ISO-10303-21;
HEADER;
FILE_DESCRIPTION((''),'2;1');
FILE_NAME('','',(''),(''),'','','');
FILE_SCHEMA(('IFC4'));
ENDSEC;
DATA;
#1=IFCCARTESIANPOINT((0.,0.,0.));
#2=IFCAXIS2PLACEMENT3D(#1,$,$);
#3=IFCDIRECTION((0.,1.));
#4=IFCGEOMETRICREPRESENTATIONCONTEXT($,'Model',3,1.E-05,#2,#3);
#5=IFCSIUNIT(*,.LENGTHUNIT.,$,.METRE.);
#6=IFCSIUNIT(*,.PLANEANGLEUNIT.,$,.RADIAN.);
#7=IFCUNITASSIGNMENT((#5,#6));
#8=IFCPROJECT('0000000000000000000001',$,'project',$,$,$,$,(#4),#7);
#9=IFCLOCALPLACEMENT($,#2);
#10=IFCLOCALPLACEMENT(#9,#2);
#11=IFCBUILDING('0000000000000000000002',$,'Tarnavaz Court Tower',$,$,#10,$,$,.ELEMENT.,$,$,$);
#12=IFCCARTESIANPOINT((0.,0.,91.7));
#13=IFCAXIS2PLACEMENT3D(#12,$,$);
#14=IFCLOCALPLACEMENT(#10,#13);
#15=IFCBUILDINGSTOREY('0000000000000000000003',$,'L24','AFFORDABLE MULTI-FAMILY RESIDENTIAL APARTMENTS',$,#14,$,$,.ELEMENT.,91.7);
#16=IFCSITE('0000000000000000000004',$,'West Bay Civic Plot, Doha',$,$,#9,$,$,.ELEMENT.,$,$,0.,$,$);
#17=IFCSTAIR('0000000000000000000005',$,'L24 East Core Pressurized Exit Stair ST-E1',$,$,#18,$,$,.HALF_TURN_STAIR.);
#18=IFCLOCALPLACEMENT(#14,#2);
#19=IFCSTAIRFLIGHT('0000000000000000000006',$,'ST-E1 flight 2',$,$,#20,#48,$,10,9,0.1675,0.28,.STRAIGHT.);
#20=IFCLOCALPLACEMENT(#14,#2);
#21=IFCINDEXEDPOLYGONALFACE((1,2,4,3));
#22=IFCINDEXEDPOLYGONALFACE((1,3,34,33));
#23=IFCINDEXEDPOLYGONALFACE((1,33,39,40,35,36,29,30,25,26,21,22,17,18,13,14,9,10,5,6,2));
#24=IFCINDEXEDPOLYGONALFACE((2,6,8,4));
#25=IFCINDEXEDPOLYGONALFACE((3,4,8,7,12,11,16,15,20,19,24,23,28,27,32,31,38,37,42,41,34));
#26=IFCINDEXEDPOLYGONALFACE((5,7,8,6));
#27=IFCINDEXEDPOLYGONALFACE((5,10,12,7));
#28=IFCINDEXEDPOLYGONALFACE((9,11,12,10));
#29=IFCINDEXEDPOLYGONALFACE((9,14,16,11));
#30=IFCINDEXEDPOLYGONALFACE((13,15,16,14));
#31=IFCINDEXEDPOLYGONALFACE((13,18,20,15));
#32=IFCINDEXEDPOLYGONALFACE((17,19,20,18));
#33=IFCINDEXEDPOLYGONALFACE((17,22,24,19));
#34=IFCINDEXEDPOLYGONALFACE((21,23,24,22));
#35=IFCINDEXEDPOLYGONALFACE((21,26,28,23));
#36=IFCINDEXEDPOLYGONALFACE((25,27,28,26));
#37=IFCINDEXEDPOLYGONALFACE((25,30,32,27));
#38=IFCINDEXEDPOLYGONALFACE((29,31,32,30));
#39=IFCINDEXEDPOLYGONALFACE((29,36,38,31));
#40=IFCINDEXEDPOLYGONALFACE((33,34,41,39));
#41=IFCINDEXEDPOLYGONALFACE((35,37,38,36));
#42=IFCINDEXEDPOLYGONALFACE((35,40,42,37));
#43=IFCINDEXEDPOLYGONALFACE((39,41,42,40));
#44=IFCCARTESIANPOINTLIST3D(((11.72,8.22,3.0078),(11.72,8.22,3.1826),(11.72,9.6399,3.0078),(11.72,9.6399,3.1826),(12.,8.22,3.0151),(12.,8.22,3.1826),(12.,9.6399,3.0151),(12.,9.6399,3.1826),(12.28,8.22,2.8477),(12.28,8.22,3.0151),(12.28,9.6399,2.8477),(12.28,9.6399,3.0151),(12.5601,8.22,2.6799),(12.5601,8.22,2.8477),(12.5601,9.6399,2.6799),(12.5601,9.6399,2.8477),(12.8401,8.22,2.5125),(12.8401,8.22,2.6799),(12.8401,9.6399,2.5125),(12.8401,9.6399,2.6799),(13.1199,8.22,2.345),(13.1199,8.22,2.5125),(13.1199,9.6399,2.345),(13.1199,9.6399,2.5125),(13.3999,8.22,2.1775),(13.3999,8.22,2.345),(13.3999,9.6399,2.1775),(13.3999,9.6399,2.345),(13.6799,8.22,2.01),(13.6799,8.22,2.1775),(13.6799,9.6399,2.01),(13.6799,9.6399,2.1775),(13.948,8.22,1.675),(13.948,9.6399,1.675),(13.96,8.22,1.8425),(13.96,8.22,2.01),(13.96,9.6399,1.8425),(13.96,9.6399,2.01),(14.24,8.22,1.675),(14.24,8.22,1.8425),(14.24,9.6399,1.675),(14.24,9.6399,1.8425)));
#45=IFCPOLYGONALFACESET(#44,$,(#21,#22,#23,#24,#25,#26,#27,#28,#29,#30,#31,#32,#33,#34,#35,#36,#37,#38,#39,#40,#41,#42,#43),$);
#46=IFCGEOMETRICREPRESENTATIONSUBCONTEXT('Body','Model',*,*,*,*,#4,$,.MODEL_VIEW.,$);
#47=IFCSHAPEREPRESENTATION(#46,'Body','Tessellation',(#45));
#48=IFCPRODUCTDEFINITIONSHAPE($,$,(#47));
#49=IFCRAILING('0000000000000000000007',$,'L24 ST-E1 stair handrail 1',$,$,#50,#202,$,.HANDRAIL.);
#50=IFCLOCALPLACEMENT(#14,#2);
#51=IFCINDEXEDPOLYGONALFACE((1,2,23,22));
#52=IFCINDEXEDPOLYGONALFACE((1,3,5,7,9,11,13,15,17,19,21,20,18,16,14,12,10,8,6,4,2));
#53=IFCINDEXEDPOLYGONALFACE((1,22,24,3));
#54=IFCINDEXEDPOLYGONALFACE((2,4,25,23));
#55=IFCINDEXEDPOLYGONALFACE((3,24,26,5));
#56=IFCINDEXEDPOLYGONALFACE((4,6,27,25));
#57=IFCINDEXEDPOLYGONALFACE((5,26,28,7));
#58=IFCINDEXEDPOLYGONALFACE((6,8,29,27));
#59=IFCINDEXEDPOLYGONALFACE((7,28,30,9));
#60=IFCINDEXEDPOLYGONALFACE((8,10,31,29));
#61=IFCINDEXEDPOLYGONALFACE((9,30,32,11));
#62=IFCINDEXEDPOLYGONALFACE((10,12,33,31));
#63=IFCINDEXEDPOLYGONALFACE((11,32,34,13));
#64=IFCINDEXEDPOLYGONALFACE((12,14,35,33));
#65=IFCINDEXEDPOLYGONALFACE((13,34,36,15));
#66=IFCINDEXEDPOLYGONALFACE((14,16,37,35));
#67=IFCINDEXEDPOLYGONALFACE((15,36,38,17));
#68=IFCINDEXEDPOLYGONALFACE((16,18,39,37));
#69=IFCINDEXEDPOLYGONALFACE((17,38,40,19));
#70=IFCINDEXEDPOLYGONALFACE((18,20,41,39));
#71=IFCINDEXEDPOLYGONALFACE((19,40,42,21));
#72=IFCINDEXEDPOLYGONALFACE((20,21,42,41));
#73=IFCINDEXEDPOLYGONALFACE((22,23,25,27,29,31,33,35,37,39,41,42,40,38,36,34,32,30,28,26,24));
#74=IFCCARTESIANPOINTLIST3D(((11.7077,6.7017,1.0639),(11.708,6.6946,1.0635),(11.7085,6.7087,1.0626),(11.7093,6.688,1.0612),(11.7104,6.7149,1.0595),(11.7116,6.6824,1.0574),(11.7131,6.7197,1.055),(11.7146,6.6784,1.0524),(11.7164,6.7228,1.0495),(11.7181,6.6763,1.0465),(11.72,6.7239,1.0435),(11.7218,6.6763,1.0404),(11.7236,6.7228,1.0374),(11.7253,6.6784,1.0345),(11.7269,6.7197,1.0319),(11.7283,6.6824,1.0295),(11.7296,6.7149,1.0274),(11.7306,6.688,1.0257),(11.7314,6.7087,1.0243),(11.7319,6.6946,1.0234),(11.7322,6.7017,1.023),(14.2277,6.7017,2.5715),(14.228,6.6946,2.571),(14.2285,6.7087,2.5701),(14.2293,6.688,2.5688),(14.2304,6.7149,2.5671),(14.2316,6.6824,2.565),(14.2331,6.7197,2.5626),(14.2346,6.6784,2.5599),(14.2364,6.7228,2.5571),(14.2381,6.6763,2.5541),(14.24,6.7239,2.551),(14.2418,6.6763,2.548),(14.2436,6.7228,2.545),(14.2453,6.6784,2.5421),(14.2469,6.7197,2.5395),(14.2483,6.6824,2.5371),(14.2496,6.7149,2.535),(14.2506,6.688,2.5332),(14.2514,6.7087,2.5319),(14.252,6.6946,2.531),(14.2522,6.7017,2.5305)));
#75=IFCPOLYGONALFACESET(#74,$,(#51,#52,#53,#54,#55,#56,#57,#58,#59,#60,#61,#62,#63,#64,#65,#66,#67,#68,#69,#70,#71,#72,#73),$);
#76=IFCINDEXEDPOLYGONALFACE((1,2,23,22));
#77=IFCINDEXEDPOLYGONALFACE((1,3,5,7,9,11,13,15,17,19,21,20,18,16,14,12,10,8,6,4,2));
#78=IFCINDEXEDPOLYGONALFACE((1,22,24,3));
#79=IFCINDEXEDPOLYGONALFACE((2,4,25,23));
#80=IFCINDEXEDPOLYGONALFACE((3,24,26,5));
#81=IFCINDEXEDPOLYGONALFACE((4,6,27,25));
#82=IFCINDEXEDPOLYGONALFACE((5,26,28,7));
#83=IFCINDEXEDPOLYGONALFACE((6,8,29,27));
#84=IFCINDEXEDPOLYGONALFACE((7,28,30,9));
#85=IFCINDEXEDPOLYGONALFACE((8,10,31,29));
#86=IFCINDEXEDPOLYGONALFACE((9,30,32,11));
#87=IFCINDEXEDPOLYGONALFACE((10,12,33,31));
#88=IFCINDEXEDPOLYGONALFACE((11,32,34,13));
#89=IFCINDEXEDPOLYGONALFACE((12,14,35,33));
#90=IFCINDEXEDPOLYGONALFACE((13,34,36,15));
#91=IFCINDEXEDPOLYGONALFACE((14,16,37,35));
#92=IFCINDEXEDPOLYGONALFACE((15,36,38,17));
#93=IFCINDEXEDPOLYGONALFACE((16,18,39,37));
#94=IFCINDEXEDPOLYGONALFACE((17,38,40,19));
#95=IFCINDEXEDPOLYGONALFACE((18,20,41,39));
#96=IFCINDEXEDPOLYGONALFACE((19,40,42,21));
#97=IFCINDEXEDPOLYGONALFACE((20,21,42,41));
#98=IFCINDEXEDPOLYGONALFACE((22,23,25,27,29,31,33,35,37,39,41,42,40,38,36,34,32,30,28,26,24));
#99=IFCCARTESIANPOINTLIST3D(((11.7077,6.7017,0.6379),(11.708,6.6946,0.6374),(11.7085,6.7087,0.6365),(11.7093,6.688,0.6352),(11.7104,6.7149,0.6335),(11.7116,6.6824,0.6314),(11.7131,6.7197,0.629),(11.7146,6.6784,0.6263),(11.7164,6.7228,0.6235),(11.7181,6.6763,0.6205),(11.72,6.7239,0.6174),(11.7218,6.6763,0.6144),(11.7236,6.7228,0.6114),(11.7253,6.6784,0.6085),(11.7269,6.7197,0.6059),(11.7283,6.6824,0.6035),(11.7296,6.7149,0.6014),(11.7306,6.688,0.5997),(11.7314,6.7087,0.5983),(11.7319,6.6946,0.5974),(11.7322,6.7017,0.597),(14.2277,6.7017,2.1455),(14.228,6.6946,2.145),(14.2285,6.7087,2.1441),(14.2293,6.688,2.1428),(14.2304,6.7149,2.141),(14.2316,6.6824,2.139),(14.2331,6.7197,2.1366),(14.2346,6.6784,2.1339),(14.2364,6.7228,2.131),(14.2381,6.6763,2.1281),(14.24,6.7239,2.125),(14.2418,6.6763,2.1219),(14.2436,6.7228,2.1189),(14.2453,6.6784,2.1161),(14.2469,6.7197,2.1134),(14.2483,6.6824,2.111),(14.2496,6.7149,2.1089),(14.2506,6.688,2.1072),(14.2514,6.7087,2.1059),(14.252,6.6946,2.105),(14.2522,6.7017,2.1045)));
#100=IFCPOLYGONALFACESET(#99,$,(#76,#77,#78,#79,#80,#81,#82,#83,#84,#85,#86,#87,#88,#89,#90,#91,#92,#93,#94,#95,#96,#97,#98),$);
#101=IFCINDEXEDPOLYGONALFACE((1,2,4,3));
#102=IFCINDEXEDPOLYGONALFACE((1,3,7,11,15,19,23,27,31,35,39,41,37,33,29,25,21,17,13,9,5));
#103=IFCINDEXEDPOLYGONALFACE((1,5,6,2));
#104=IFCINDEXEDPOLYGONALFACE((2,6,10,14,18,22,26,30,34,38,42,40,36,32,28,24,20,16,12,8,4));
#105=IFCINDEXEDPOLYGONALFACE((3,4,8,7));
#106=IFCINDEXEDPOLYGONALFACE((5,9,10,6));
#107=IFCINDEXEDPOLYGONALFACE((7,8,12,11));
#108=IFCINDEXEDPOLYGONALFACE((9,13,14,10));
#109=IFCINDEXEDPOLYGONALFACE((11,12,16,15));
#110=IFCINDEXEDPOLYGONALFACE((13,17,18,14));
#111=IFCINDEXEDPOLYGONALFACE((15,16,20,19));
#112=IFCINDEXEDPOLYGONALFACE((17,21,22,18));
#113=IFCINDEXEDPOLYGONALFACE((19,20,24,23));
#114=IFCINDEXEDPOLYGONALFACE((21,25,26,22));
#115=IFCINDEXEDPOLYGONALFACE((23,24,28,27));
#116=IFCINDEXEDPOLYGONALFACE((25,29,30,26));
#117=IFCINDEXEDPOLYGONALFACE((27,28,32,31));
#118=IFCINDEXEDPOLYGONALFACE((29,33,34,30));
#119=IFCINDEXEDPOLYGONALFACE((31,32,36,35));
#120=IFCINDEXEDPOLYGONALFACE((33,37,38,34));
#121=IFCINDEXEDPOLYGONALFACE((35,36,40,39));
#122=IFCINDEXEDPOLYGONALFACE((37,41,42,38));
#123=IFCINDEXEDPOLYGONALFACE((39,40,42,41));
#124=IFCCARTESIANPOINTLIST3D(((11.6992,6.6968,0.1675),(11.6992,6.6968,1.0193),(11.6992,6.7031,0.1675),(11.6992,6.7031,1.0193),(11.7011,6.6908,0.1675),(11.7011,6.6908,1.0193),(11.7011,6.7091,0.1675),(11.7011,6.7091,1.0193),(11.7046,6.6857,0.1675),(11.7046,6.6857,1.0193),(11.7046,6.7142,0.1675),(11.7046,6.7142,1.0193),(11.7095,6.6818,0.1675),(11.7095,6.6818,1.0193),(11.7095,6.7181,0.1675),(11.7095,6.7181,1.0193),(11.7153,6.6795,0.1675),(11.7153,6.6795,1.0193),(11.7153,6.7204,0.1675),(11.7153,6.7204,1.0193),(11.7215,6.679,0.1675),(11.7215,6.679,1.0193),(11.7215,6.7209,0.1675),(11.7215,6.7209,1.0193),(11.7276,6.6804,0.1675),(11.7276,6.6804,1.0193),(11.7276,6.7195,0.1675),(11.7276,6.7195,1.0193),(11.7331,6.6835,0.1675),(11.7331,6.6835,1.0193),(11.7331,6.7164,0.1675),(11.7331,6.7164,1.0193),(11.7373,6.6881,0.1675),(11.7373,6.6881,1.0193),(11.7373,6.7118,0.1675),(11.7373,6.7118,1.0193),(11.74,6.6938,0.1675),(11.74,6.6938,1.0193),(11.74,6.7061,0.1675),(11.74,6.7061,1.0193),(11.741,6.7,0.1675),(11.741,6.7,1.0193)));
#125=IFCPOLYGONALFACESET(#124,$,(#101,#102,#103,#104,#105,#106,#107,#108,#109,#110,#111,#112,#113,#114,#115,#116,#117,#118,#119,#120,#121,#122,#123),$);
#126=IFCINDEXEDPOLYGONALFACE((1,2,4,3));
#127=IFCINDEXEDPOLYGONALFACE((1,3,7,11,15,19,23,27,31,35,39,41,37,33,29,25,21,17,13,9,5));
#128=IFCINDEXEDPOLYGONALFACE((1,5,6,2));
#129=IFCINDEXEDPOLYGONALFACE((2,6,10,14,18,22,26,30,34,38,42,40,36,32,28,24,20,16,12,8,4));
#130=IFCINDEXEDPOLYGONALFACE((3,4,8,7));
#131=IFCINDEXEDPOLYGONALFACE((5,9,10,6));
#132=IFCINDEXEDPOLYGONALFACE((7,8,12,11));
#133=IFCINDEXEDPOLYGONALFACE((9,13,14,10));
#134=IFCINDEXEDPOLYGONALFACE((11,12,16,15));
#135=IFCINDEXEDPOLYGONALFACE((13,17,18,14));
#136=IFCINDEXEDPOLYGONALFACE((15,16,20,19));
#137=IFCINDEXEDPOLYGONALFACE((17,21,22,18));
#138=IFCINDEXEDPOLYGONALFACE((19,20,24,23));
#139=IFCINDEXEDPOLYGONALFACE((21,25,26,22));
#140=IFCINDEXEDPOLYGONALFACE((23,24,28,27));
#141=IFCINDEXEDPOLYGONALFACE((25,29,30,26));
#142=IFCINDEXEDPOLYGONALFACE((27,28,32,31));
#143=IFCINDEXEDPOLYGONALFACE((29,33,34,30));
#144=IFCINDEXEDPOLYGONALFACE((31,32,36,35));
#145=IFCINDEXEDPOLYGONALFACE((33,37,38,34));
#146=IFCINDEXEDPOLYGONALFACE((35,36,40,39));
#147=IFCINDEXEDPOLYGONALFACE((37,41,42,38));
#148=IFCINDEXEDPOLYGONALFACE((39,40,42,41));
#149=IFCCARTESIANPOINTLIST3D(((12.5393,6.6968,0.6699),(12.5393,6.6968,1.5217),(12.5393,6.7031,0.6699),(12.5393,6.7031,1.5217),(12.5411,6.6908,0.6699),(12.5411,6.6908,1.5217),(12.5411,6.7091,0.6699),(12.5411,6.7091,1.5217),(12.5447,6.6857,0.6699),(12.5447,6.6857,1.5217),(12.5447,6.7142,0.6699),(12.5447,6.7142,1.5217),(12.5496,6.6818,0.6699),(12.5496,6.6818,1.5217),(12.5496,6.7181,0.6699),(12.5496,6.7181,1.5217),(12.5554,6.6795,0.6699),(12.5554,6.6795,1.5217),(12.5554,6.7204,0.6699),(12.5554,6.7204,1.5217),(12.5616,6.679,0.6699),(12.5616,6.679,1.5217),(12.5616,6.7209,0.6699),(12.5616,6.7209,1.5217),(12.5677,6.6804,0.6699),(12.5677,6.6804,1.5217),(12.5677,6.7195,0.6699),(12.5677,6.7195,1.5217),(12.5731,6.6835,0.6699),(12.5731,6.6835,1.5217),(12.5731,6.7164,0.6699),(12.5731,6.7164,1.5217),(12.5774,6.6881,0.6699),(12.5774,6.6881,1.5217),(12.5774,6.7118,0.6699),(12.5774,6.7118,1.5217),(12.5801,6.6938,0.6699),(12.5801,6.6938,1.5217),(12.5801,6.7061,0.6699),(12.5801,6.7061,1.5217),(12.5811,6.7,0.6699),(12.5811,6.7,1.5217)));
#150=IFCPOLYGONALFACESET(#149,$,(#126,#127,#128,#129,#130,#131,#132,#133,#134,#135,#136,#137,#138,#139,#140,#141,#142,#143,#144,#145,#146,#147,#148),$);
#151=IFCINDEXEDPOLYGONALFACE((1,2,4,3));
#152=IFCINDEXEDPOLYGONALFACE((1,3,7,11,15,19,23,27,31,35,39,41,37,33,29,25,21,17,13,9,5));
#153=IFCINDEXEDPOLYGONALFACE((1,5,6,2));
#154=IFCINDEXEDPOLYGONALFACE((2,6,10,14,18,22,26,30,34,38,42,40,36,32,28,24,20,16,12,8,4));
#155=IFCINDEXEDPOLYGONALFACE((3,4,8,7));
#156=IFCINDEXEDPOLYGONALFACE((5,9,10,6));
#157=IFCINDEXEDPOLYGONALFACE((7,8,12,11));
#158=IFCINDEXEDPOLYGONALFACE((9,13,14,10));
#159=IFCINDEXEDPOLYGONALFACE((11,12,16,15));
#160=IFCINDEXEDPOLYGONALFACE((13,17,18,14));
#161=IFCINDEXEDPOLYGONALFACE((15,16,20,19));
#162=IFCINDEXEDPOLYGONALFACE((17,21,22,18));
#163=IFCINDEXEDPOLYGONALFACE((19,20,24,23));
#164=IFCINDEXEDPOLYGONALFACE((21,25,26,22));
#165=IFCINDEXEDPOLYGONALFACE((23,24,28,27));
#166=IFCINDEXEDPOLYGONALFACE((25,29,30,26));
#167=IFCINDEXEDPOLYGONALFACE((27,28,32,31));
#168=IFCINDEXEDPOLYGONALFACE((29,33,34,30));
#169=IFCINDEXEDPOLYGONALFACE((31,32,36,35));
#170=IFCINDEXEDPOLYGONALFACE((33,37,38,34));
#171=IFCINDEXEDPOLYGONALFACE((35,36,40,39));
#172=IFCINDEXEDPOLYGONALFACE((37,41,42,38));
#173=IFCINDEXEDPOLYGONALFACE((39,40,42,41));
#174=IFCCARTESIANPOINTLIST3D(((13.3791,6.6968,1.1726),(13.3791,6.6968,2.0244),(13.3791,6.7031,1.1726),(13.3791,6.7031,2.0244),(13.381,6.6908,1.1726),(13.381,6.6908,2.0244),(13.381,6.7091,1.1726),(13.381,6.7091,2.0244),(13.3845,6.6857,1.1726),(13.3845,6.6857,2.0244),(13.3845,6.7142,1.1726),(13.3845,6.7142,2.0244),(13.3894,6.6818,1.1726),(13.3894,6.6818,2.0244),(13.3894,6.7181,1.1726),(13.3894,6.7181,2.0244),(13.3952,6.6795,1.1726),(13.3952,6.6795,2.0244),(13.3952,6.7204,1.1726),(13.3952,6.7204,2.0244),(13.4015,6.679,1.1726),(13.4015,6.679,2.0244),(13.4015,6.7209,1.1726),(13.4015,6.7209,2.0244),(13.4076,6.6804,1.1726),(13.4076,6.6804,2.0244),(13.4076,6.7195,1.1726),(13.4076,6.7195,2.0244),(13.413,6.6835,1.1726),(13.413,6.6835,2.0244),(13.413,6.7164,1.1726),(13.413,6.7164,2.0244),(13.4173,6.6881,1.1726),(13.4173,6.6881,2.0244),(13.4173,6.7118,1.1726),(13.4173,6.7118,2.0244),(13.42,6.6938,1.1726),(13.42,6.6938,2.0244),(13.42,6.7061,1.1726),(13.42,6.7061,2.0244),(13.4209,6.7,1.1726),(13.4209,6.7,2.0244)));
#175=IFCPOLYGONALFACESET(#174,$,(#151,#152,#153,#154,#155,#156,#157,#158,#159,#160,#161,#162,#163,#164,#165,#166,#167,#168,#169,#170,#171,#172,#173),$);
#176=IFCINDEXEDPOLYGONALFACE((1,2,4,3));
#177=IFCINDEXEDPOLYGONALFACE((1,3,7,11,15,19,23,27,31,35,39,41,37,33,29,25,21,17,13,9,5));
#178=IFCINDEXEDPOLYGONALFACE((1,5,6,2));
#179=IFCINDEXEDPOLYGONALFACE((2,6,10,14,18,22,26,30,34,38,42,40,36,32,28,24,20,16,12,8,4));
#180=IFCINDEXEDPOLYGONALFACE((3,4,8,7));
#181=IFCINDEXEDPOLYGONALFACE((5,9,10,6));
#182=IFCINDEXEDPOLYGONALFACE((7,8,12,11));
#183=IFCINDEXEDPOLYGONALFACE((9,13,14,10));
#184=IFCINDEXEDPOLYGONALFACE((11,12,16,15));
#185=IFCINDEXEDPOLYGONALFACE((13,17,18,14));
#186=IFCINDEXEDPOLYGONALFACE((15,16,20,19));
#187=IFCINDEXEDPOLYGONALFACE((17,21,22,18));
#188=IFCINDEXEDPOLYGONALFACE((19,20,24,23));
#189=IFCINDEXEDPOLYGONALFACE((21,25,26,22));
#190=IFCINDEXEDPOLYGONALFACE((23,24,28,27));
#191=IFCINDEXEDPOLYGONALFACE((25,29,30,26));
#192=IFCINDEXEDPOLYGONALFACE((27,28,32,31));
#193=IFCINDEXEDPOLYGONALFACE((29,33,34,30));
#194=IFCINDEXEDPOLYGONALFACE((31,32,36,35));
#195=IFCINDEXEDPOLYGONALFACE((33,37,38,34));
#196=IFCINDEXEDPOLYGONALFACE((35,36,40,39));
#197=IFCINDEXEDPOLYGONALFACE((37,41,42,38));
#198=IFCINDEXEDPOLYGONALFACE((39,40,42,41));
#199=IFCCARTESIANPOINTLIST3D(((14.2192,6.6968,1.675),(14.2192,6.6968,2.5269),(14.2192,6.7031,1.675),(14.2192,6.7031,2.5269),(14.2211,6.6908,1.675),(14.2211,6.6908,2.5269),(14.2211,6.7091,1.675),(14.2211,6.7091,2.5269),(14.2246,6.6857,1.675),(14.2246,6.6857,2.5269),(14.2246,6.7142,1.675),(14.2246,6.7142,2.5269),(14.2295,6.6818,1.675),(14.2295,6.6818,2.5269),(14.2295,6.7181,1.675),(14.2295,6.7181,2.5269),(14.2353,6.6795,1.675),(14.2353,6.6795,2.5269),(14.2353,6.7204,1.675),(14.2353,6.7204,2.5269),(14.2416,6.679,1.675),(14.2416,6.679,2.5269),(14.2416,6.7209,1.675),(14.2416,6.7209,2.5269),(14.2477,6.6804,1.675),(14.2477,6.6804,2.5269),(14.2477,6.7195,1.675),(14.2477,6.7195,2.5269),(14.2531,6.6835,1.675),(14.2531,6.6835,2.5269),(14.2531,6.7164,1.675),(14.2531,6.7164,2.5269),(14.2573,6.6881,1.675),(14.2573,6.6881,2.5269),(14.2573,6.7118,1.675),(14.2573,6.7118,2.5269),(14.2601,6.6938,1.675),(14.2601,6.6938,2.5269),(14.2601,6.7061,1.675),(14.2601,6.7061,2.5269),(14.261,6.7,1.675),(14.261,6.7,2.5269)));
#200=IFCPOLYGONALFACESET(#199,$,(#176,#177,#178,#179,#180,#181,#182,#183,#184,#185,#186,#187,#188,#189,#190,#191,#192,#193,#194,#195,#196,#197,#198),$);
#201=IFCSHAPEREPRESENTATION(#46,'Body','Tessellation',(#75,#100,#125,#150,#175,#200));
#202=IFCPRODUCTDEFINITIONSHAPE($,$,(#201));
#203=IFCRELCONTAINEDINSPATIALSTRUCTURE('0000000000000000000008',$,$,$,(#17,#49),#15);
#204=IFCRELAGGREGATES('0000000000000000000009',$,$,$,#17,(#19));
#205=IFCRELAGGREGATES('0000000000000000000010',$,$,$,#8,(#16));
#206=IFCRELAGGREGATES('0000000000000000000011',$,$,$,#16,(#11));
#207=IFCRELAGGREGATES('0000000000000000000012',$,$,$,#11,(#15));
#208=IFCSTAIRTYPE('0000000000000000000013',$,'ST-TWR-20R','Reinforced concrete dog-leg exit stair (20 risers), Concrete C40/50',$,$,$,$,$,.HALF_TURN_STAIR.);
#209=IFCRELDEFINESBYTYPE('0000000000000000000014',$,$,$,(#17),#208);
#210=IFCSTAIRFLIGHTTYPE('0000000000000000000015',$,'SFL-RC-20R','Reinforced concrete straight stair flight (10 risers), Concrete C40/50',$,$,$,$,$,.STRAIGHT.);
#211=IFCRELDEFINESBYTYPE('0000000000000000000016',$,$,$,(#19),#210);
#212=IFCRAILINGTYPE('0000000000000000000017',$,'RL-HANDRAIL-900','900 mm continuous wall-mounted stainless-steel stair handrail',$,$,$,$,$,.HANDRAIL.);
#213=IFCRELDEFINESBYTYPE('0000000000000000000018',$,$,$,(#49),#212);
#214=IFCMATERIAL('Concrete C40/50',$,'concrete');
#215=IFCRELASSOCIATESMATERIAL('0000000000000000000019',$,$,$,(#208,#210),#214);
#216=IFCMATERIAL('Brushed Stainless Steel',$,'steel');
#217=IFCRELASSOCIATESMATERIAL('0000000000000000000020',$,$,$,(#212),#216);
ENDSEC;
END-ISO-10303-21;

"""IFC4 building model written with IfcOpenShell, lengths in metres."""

from ifc_helpers import new_model, si_unit, direction, frame, origin, origin_2d, place, context, subcontext, project, spatial, polyline, circle, outline, extrude, material, type_object, element, aggregate, save


model = new_model("IFC4")

# Units and contexts
model_context = context("Model", 3, precision=1e-05, world=origin(), true_north=direction((0.0, 1.0)))
body_context = subcontext(model_context, "Body", "Model", "MODEL_VIEW")
ifc_project = project(units=[si_unit("LENGTHUNIT", "METRE"), si_unit("PLANEANGLEUNIT", "RADIAN")], contexts=[model_context])

# Site, building, storey
site_placement = place(None, origin())
site = spatial("IfcSite", under=ifc_project, at=site_placement, Name="West Bay Civic Plot, Doha", CompositionType="ELEMENT", RefElevation=0.0)
building_placement = place(site_placement, origin())
building = spatial("IfcBuilding", under=site, at=building_placement, Name="Tarnavaz Court Tower", CompositionType="ELEMENT")
storey_placement = place(building_placement, frame((0.0, 0.0, 91.7)))
storey = spatial("IfcBuildingStorey", under=building, at=storey_placement, Name="L24", Description="AFFORDABLE MULTI-FAMILY RESIDENTIAL APARTMENTS", CompositionType="ELEMENT", Elevation=91.7)

# Stair, stair flight
ifc_material_1 = material(Name="Concrete C40/50", Category="concrete")
stair_type = type_object("IfcStairType", Name="ST-TWR-20R", Description="Reinforced concrete dog-leg exit stair (20 risers), Concrete C40/50", PredefinedType="HALF_TURN_STAIR", material=ifc_material_1)
stair_placement = place(storey_placement, origin())
stair = element("IfcStair", 1, at=stair_placement, inside=storey, type_object=stair_type, Name="L24 East Core Pressurized Exit Stair ST-E1", PredefinedType="HALF_TURN_STAIR")
stair_flight_type = type_object("IfcStairFlightType", Name="SFL-RC-20R", Description="Reinforced concrete straight stair flight (10 risers), Concrete C40/50", PredefinedType="STRAIGHT", material=ifc_material_1)
stair_flight_1_placement = place(storey_placement, frame((14.24, 8.9299, 1.675), z_axis=(0.0, 0.0, 1.0), x_axis=(-1.0, 0.0, 0.0)))
stair_flight_1 = element("IfcStairFlight", 2, at=stair_flight_1_placement, type_object=stair_flight_type, Name="ST-E1 flight 2", NumberOfRisers=10, NumberOfTreads=9, PredefinedType="STRAIGHT", RiserHeight=0.1675, TreadLength=0.28, context=body_context, shape_type="SweptSolid", body=[
    extrude(outline(polyline([(0.0, 0.0), (0.0, 0.1675), (0.28, 0.1675), (0.28, 0.335), (0.5601, 0.335), (0.5601, 0.5024), (0.8401, 0.5024), (0.8401, 0.6699), (1.1201, 0.6699), (1.1201, 0.8374), (1.3999, 0.8374), (1.3999, 1.0049), (1.6799, 1.0049), (1.6799, 1.1726), (1.96, 1.1726), (1.96, 1.3401), (2.24, 1.3401), (2.24, 1.5076), (2.52, 1.5076), (2.52, 1.675), (2.52, 1.3328), (0.292, 0.0), (0.0, 0.0)])), frame((0.0, 0.71, 0.0), z_axis=(0.0, -1.0, 0.0), x_axis=(1.0, 0.0, 0.0)), (0.0, 0.0, 1.0), 1.4199),
])
aggregate(stair, [stair_flight_1])

# Railing
ifc_material_2 = material(Name="Brushed Stainless Steel", Category="steel")
railing_type_1 = type_object("IfcRailingType", Name="RL-HANDRAIL-900", Description="900 mm continuous wall-mounted stainless-steel stair handrail", PredefinedType="HANDRAIL", material=ifc_material_2)
railing_1_placement = place(storey_placement, frame((11.72, 6.7, 0.1675)))
element("IfcRailing", 3, at=railing_1_placement, inside=storey, type_object=railing_type_1, Name="L24 ST-E1 stair handrail 1", PredefinedType="HANDRAIL", context=body_context, shape_type="SweptSolid", body=[
    extrude(circle(Radius=0.0239, at=origin_2d()), frame((0.0, 0.0, 0.876), z_axis=(0.85816, 0.0, 0.513383), x_axis=(0.0, 1.0, 0.0)), (0.0, 0.0, 1.0), 2.9365),
    extrude(circle(Radius=0.0239, at=origin_2d()), frame((0.0, 0.0, 0.45), z_axis=(0.85816, 0.0, 0.513383), x_axis=(0.0, 1.0, 0.0)), (0.0, 0.0, 1.0), 2.9365),
    extrude(circle(Radius=0.021, at=origin_2d()), origin(), (0.0, 0.0, 1.0), 0.8518),
    extrude(circle(Radius=0.021, at=origin_2d()), frame((0.8401, 0.0, 0.5024)), (0.0, 0.0, 1.0), 0.8518),
    extrude(circle(Radius=0.021, at=origin_2d()), frame((1.6799, 0.0, 1.0051)), (0.0, 0.0, 1.0), 0.8518),
    extrude(circle(Radius=0.021, at=origin_2d()), frame((2.52, 0.0, 1.5076)), (0.0, 0.0, 1.0), 0.8518),
])

save(model, "model.ifc")
